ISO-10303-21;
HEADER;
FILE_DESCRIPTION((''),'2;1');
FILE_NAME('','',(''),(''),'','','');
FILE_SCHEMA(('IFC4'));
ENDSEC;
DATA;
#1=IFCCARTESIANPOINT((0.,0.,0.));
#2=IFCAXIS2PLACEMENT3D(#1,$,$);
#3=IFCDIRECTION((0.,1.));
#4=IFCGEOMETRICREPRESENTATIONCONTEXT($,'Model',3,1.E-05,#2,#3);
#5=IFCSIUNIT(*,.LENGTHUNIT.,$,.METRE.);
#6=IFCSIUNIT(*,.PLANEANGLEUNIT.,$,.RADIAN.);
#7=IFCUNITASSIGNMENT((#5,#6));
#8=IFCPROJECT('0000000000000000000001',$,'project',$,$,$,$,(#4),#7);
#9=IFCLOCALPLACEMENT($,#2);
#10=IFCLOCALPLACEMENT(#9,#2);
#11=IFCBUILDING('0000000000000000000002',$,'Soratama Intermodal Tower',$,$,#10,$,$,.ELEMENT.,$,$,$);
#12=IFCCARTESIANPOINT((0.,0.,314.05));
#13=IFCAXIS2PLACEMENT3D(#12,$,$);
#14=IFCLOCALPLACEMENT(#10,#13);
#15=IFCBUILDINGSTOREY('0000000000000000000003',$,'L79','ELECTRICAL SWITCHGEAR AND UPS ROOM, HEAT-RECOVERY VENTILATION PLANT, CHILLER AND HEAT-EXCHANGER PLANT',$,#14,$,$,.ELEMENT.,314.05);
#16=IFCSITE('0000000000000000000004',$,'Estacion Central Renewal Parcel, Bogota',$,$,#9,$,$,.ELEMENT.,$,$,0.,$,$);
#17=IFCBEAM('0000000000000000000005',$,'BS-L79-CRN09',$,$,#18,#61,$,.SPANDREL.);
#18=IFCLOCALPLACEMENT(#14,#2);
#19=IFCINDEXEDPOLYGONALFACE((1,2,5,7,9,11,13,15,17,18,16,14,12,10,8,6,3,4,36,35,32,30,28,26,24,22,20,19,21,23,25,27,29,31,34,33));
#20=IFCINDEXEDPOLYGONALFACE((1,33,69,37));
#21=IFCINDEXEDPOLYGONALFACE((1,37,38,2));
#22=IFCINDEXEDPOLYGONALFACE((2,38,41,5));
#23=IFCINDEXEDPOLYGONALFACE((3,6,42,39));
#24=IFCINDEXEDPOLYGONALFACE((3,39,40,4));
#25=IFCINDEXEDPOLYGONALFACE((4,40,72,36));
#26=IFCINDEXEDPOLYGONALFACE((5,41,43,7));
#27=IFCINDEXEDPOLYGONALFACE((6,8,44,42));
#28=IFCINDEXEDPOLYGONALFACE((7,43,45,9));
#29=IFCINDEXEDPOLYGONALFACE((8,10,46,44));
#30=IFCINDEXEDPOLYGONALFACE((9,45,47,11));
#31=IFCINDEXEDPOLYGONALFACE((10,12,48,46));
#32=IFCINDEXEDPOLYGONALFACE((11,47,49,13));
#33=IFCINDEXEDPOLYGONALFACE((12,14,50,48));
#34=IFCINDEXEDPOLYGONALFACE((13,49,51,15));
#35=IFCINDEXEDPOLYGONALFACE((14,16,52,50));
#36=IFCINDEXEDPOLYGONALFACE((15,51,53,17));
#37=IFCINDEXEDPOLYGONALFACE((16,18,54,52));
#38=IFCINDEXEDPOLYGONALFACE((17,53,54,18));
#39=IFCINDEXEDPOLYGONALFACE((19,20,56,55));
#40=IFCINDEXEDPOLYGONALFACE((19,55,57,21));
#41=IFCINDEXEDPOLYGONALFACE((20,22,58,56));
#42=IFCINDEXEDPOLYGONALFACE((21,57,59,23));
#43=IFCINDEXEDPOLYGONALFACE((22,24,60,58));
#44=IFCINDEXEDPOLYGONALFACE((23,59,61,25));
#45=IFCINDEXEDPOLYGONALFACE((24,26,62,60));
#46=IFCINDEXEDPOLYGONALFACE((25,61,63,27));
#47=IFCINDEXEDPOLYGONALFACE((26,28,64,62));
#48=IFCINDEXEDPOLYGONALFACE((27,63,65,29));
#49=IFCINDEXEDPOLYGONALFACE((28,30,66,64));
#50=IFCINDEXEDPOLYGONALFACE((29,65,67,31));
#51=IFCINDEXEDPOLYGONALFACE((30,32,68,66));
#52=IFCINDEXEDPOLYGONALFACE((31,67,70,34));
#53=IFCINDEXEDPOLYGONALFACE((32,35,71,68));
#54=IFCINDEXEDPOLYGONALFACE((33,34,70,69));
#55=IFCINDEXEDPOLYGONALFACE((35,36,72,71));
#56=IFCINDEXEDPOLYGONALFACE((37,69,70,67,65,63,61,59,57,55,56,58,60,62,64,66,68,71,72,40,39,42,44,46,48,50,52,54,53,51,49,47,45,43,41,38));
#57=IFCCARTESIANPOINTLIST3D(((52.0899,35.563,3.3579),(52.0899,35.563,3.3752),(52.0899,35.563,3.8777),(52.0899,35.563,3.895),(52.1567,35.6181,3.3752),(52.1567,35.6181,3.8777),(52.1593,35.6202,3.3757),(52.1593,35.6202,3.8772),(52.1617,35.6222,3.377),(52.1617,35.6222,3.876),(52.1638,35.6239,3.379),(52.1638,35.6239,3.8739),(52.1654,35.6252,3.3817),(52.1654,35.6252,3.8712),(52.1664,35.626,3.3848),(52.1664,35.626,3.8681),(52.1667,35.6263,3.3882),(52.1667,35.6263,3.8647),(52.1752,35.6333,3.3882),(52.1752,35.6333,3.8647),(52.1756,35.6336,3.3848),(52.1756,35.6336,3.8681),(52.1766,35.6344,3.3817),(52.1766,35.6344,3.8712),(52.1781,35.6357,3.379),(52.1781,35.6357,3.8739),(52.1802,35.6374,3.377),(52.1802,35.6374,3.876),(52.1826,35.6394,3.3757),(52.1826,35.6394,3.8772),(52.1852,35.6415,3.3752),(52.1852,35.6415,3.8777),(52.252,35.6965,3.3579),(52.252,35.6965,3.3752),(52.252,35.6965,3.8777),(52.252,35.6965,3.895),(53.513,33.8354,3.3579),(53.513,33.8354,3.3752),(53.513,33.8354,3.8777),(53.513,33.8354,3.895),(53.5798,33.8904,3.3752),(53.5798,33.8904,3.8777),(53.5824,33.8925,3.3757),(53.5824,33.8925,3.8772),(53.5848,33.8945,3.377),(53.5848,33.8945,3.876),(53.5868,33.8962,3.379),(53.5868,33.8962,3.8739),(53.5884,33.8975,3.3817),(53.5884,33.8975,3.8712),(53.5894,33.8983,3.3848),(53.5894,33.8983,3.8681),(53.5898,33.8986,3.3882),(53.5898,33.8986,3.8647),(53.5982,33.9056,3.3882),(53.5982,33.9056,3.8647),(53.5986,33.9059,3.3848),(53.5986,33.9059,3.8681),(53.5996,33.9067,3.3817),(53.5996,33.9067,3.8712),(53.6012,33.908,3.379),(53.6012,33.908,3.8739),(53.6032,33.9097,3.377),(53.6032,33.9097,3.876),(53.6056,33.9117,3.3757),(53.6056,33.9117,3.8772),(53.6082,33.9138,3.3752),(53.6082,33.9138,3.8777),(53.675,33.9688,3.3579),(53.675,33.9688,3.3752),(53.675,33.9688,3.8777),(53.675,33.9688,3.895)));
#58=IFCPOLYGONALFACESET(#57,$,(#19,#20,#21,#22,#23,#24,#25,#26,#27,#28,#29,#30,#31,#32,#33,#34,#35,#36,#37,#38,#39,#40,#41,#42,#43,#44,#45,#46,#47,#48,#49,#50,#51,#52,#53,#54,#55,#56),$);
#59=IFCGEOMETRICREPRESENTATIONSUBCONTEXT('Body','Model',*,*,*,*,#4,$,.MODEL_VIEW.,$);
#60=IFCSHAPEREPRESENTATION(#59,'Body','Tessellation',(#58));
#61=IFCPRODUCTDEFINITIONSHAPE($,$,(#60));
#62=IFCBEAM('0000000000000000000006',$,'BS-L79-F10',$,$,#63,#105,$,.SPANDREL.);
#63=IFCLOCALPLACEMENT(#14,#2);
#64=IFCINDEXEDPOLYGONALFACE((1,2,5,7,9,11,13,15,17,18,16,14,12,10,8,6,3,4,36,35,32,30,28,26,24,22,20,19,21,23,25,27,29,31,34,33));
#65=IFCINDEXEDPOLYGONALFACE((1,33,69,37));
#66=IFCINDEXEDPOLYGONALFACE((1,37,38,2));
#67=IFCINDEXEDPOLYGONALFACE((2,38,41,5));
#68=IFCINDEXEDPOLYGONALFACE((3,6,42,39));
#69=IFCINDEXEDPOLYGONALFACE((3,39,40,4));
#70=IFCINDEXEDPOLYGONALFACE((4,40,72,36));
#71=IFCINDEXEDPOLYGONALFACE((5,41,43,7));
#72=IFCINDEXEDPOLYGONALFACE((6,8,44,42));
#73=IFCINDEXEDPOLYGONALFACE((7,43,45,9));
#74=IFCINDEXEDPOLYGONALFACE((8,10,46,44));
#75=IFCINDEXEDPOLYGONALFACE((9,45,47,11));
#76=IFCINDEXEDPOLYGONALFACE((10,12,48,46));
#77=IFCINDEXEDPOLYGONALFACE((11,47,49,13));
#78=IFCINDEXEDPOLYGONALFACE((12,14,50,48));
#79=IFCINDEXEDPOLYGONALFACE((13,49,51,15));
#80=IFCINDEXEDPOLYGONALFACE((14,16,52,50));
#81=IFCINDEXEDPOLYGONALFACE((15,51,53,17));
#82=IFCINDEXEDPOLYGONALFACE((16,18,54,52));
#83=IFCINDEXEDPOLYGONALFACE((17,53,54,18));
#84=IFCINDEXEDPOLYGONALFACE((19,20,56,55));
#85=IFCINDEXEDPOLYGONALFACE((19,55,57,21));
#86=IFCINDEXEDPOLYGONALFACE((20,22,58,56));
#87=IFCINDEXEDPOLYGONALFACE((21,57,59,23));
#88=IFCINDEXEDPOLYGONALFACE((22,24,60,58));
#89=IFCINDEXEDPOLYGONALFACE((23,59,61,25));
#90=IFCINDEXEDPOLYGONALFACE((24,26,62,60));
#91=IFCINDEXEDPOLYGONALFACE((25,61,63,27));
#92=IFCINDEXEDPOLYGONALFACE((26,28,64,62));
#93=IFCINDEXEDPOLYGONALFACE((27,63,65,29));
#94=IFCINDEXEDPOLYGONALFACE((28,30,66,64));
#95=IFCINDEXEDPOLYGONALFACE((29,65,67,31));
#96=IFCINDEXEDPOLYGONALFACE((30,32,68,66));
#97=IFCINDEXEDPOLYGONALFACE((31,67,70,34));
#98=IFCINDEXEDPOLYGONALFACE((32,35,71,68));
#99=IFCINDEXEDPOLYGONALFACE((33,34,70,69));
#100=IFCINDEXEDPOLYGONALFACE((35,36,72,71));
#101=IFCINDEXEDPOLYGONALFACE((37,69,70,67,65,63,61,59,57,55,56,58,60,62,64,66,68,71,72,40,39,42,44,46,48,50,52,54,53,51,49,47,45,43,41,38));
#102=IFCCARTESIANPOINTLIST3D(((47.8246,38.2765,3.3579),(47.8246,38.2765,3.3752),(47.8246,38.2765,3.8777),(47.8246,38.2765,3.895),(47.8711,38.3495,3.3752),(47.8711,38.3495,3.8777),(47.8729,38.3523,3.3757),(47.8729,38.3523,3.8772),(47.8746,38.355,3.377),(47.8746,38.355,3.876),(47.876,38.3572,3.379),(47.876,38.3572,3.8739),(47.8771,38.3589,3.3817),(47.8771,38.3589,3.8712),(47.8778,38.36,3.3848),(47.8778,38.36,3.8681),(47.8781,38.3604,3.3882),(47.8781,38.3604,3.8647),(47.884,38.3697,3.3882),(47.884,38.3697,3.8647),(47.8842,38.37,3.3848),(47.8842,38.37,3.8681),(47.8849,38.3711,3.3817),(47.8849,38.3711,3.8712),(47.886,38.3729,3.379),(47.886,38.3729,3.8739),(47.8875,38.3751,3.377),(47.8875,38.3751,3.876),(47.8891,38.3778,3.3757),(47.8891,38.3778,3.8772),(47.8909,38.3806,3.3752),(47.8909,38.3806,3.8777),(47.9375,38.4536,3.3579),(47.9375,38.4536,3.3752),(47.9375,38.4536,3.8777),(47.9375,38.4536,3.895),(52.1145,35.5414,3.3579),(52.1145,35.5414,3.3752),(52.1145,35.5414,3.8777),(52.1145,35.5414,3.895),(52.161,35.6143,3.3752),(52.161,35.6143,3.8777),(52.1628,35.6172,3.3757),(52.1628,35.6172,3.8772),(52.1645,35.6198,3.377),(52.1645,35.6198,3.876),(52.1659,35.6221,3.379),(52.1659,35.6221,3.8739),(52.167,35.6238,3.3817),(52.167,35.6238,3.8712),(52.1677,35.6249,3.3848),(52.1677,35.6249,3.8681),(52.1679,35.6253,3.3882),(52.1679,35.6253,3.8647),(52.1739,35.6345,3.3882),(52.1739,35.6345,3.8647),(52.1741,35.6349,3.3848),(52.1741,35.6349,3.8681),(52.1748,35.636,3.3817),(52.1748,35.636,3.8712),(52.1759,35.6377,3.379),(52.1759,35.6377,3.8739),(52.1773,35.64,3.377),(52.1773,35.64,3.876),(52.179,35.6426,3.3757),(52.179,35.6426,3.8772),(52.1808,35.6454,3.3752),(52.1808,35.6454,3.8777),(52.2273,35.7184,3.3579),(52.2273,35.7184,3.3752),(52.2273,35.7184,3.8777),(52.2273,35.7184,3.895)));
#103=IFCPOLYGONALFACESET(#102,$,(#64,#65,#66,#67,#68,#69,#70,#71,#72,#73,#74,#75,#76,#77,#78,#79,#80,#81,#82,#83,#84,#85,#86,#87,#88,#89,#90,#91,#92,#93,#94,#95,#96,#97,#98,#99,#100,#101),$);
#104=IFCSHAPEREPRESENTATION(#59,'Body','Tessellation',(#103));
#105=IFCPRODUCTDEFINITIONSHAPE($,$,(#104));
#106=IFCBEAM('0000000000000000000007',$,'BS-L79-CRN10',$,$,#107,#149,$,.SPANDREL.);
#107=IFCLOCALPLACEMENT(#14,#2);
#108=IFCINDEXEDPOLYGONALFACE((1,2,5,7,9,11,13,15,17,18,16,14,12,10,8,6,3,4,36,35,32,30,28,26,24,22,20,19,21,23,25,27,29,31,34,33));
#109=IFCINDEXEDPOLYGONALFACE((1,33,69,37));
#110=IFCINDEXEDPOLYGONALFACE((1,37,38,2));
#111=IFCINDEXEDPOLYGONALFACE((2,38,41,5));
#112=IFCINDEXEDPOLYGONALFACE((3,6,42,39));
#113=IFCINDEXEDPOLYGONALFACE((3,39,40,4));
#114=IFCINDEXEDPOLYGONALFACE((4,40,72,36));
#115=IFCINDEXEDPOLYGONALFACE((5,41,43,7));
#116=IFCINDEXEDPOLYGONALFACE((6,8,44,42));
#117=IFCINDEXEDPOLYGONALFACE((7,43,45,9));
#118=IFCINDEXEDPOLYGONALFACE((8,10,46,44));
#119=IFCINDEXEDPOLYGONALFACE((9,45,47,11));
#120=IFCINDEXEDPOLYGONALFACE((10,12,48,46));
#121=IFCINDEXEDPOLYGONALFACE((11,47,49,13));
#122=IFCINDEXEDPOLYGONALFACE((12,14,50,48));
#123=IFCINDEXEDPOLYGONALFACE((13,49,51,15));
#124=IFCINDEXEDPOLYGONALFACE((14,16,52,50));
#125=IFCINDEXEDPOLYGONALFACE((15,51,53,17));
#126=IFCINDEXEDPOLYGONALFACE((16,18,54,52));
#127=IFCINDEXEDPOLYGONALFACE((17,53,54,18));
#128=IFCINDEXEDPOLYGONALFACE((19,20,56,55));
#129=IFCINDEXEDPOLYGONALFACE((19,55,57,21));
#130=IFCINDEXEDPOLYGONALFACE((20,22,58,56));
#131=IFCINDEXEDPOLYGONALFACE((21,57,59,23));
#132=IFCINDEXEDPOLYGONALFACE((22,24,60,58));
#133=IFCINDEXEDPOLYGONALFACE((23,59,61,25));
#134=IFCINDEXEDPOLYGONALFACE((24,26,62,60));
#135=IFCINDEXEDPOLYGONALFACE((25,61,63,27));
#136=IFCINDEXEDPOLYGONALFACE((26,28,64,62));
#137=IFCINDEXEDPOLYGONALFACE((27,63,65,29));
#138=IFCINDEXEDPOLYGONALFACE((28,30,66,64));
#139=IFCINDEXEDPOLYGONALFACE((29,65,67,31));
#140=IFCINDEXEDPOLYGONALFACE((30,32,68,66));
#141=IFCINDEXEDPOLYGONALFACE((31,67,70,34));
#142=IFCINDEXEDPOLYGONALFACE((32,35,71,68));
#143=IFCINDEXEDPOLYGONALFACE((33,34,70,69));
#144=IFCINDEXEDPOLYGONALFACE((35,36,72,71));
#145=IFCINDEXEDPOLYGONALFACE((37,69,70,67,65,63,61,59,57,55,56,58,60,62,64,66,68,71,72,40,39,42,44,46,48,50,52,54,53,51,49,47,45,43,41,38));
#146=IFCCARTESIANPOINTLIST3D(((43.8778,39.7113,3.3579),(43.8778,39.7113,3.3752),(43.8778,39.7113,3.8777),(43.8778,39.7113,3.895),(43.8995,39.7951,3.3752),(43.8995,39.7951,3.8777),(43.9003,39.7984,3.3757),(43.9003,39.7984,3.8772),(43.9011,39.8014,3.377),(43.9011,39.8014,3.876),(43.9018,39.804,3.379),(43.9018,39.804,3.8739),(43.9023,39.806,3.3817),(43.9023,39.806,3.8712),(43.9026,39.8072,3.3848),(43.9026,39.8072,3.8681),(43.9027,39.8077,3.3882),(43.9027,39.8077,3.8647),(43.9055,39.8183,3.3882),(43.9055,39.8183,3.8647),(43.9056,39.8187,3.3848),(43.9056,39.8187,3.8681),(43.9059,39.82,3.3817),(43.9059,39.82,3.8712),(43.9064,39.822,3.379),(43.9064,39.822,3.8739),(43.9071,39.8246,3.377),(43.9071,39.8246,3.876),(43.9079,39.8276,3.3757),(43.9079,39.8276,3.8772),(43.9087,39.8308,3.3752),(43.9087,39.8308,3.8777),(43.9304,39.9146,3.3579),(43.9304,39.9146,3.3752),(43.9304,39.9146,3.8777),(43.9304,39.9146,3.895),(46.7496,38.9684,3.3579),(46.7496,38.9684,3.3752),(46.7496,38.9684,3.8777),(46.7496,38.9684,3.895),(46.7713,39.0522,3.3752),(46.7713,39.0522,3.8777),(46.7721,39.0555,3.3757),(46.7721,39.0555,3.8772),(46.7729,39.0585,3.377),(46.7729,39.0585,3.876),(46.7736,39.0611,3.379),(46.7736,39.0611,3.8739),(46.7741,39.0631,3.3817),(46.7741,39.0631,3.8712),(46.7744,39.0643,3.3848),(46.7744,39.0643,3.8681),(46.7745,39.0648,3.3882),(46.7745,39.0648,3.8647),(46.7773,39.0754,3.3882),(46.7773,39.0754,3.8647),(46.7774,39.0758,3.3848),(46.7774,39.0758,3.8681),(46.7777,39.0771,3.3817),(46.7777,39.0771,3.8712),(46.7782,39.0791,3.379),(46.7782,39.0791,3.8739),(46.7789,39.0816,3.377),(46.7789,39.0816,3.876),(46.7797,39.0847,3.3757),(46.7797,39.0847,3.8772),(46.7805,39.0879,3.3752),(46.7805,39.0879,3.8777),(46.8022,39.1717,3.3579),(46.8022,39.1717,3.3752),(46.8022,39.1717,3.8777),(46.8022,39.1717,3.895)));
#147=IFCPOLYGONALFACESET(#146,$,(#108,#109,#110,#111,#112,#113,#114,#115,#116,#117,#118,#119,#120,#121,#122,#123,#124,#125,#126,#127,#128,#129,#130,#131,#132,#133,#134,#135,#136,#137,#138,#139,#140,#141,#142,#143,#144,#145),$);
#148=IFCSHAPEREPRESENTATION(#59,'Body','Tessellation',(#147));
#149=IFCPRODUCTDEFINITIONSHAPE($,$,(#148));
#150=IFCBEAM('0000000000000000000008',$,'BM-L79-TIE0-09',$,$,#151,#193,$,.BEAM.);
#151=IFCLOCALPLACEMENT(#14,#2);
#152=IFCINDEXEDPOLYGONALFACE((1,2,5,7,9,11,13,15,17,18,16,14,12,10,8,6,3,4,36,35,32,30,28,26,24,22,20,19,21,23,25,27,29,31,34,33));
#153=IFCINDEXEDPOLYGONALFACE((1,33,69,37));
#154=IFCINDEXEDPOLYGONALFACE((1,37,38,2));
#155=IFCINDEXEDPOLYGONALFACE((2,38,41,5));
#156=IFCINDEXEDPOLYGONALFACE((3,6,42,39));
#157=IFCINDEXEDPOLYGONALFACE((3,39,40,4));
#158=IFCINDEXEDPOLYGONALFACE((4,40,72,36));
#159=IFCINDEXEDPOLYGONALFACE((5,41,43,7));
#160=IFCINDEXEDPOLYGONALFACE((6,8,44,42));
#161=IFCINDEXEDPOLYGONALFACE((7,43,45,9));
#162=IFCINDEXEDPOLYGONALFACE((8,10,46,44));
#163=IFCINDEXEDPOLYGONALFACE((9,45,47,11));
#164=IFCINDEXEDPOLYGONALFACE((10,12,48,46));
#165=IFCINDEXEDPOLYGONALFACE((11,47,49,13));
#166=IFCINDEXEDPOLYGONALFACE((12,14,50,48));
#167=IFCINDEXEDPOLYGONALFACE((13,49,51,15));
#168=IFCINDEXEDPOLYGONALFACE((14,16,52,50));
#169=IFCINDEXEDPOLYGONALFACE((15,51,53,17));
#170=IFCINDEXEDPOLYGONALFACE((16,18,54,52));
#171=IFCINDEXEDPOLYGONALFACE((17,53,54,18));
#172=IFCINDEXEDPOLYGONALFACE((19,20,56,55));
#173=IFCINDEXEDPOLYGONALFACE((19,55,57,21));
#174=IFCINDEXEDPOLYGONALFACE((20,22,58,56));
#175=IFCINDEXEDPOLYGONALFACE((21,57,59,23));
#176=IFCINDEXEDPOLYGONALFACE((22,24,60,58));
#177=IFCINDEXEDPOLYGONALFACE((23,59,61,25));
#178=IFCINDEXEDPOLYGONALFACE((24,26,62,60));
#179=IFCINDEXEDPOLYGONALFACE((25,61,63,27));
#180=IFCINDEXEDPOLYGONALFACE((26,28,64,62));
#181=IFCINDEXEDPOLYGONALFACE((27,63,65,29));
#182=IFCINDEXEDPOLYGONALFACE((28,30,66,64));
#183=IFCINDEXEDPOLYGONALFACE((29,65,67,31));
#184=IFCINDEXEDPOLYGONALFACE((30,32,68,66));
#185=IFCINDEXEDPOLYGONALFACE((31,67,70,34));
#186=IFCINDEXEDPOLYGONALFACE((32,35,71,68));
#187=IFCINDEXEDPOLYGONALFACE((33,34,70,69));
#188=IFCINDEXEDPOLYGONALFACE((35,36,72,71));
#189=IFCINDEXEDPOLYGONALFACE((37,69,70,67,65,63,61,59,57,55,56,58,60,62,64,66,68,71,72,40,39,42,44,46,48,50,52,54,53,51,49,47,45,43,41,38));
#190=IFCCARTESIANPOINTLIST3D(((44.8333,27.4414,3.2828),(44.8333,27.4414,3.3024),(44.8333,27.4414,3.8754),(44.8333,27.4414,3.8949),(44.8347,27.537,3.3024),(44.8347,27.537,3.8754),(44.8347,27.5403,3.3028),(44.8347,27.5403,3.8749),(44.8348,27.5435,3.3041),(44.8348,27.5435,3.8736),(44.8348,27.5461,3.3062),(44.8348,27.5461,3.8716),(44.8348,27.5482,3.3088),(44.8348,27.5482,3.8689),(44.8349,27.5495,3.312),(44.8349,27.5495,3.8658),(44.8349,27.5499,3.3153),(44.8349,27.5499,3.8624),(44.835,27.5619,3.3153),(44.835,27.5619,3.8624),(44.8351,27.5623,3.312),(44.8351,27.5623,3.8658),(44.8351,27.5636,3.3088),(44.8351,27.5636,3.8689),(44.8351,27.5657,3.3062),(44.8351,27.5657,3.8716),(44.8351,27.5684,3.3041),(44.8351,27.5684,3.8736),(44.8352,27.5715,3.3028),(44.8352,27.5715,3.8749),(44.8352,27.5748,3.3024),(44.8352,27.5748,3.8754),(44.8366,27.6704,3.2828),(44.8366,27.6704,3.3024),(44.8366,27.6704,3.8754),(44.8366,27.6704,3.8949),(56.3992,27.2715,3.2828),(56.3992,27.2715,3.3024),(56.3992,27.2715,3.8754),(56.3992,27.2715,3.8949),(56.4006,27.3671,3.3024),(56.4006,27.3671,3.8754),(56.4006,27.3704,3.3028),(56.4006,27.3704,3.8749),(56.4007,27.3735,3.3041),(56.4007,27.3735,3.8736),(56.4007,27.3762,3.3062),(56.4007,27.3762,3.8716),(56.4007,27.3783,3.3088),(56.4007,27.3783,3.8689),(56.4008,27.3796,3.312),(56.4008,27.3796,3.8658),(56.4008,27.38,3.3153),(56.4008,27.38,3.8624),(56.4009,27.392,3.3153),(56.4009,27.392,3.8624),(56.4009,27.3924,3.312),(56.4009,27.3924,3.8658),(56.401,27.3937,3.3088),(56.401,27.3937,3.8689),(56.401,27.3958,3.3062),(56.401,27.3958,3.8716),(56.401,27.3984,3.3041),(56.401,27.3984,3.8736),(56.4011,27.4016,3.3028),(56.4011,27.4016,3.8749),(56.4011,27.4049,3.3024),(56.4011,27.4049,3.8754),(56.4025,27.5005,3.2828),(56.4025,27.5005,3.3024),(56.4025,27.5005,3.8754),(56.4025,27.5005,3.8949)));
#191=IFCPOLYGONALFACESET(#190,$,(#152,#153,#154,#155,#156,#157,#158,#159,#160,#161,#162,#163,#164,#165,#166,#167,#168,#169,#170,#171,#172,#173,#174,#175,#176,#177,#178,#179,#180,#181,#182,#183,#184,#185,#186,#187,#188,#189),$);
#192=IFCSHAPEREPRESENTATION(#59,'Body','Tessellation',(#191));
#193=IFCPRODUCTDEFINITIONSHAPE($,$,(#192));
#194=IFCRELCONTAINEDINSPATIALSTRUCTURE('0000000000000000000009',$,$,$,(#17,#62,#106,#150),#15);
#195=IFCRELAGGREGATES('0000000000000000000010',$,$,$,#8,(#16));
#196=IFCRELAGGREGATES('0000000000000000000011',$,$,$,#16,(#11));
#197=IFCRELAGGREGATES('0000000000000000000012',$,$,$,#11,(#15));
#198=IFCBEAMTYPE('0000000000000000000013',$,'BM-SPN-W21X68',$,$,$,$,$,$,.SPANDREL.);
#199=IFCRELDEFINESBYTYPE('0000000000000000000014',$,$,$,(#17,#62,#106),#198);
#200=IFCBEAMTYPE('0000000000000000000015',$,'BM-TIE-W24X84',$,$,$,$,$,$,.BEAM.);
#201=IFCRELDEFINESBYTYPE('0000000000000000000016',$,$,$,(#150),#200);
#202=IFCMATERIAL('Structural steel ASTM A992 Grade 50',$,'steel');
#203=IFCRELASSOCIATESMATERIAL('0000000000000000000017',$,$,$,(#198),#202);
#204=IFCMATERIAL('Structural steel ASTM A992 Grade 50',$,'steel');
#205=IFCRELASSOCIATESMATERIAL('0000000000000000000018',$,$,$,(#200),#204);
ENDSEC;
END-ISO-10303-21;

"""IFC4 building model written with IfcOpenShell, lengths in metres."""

from ifc_helpers import new_model, si_unit, direction, frame, origin, origin_2d, place, context, subcontext, project, spatial, i_section, extrude, material, material_profile, profile_set, type_object, element, save


model = new_model("IFC4")

# Units and contexts
model_context = context("Model", 3, precision=1e-05, world=origin(), true_north=direction((0.0, 1.0)))
body_context = subcontext(model_context, "Body", "Model", "MODEL_VIEW")
ifc_project = project(units=[si_unit("LENGTHUNIT", "METRE"), si_unit("PLANEANGLEUNIT", "RADIAN")], contexts=[model_context])

# Site, building, storey
site_placement = place(None, origin())
site = spatial("IfcSite", under=ifc_project, at=site_placement, Name="Estacion Central Renewal Parcel, Bogota", CompositionType="ELEMENT", RefElevation=0.0)
building_placement = place(site_placement, origin())
building = spatial("IfcBuilding", under=site, at=building_placement, Name="Soratama Intermodal Tower", CompositionType="ELEMENT")
storey_placement = place(building_placement, frame((0.0, 0.0, 314.05)))
storey = spatial("IfcBuildingStorey", under=building, at=storey_placement, Name="L79", Description="ELECTRICAL SWITCHGEAR AND UPS ROOM, HEAT-RECOVERY VENTILATION PLANT, CHILLER AND HEAT-EXCHANGER PLANT", CompositionType="ELEMENT", Elevation=314.05)

# Beams
ifc_material_1 = material(Name="Structural steel ASTM A992 Grade 50", Category="steel")
ifc_material_profile_1 = material_profile(ifc_material_1, i_section(OverallWidth=0.21, OverallDepth=0.5371, WebThickness=0.011, FlangeThickness=0.0173, FilletRadius=0.0129, at=origin_2d()), Name="W21X68")
ifc_profile_set_1 = profile_set([ifc_material_profile_1], Name="Structural steel ASTM A992 Grade 50")
beam_type_1 = type_object("IfcBeamType", Name="BM-SPN-W21X68", PredefinedType="SPANDREL", material=ifc_profile_set_1)
beam_1_placement = place(storey_placement, frame((53.594, 33.9021, 3.6265), z_axis=(-0.635765, 0.771883, 0.0), x_axis=(-0.771883, -0.635765, 0.0)))
element("IfcBeam", 1, at=beam_1_placement, inside=storey, type_object=beam_type_1, Name="BS-L79-CRN09", PredefinedType="SPANDREL", context=body_context, shape_type="SweptSolid", body=[
    extrude(i_section(OverallWidth=0.21, OverallDepth=0.5371, WebThickness=0.011, FlangeThickness=0.0173, FilletRadius=0.0129, at=origin_2d()), origin(), (0.0, 0.0, 1.0), 2.2383),
])
beam_2_placement = place(storey_placement, frame((52.1709, 35.6299, 3.6265), z_axis=(-0.843195, 0.537608, 0.0), x_axis=(-0.537608, -0.843195, 0.0)))
element("IfcBeam", 2, at=beam_2_placement, inside=storey, type_object=beam_type_1, Name="BS-L79-F10", PredefinedType="SPANDREL", context=body_context, shape_type="SweptSolid", body=[
    extrude(i_section(OverallWidth=0.21, OverallDepth=0.5371, WebThickness=0.011, FlangeThickness=0.0173, FilletRadius=0.0129, at=origin_2d()), origin(), (0.0, 0.0, 1.0), 5.0876),
])
beam_3_placement = place(storey_placement, frame((46.7759, 39.0701, 3.6265), z_axis=(-0.96813, 0.250448, 0.0), x_axis=(-0.250448, -0.96813, 0.0)))
element("IfcBeam", 3, at=beam_3_placement, inside=storey, type_object=beam_type_1, Name="BS-L79-CRN10", PredefinedType="SPANDREL", context=body_context, shape_type="SweptSolid", body=[
    extrude(i_section(OverallWidth=0.21, OverallDepth=0.5371, WebThickness=0.011, FlangeThickness=0.0173, FilletRadius=0.0129, at=origin_2d()), origin(), (0.0, 0.0, 1.0), 2.9663),
])
ifc_material_2 = material(Name="Structural steel ASTM A992 Grade 50", Category="steel")
ifc_material_profile_2 = material_profile(ifc_material_2, i_section(OverallWidth=0.229, OverallDepth=0.6121, WebThickness=0.012, FlangeThickness=0.0195, FilletRadius=0.0129, at=origin_2d()), Name="W24X84")
ifc_profile_set_2 = profile_set([ifc_material_profile_2], Name="Structural steel ASTM A992 Grade 50")
beam_type_2 = type_object("IfcBeamType", Name="BM-TIE-W24X84", PredefinedType="BEAM", material=ifc_profile_set_2)
beam_4_placement = place(storey_placement, frame((44.835, 27.5559, 3.5889), z_axis=(0.999892, -0.01469, 0.0), x_axis=(0.01469, 0.999892, 0.0)))
element("IfcBeam", 4, at=beam_4_placement, inside=storey, type_object=beam_type_2, Name="BM-L79-TIE0-09", PredefinedType="BEAM", context=body_context, shape_type="SweptSolid", body=[
    extrude(i_section(OverallWidth=0.229, OverallDepth=0.6121, WebThickness=0.012, FlangeThickness=0.0195, FilletRadius=0.0129, at=origin_2d()), origin(), (0.0, 0.0, 1.0), 11.5671),
])

save(model, "model.ifc")
